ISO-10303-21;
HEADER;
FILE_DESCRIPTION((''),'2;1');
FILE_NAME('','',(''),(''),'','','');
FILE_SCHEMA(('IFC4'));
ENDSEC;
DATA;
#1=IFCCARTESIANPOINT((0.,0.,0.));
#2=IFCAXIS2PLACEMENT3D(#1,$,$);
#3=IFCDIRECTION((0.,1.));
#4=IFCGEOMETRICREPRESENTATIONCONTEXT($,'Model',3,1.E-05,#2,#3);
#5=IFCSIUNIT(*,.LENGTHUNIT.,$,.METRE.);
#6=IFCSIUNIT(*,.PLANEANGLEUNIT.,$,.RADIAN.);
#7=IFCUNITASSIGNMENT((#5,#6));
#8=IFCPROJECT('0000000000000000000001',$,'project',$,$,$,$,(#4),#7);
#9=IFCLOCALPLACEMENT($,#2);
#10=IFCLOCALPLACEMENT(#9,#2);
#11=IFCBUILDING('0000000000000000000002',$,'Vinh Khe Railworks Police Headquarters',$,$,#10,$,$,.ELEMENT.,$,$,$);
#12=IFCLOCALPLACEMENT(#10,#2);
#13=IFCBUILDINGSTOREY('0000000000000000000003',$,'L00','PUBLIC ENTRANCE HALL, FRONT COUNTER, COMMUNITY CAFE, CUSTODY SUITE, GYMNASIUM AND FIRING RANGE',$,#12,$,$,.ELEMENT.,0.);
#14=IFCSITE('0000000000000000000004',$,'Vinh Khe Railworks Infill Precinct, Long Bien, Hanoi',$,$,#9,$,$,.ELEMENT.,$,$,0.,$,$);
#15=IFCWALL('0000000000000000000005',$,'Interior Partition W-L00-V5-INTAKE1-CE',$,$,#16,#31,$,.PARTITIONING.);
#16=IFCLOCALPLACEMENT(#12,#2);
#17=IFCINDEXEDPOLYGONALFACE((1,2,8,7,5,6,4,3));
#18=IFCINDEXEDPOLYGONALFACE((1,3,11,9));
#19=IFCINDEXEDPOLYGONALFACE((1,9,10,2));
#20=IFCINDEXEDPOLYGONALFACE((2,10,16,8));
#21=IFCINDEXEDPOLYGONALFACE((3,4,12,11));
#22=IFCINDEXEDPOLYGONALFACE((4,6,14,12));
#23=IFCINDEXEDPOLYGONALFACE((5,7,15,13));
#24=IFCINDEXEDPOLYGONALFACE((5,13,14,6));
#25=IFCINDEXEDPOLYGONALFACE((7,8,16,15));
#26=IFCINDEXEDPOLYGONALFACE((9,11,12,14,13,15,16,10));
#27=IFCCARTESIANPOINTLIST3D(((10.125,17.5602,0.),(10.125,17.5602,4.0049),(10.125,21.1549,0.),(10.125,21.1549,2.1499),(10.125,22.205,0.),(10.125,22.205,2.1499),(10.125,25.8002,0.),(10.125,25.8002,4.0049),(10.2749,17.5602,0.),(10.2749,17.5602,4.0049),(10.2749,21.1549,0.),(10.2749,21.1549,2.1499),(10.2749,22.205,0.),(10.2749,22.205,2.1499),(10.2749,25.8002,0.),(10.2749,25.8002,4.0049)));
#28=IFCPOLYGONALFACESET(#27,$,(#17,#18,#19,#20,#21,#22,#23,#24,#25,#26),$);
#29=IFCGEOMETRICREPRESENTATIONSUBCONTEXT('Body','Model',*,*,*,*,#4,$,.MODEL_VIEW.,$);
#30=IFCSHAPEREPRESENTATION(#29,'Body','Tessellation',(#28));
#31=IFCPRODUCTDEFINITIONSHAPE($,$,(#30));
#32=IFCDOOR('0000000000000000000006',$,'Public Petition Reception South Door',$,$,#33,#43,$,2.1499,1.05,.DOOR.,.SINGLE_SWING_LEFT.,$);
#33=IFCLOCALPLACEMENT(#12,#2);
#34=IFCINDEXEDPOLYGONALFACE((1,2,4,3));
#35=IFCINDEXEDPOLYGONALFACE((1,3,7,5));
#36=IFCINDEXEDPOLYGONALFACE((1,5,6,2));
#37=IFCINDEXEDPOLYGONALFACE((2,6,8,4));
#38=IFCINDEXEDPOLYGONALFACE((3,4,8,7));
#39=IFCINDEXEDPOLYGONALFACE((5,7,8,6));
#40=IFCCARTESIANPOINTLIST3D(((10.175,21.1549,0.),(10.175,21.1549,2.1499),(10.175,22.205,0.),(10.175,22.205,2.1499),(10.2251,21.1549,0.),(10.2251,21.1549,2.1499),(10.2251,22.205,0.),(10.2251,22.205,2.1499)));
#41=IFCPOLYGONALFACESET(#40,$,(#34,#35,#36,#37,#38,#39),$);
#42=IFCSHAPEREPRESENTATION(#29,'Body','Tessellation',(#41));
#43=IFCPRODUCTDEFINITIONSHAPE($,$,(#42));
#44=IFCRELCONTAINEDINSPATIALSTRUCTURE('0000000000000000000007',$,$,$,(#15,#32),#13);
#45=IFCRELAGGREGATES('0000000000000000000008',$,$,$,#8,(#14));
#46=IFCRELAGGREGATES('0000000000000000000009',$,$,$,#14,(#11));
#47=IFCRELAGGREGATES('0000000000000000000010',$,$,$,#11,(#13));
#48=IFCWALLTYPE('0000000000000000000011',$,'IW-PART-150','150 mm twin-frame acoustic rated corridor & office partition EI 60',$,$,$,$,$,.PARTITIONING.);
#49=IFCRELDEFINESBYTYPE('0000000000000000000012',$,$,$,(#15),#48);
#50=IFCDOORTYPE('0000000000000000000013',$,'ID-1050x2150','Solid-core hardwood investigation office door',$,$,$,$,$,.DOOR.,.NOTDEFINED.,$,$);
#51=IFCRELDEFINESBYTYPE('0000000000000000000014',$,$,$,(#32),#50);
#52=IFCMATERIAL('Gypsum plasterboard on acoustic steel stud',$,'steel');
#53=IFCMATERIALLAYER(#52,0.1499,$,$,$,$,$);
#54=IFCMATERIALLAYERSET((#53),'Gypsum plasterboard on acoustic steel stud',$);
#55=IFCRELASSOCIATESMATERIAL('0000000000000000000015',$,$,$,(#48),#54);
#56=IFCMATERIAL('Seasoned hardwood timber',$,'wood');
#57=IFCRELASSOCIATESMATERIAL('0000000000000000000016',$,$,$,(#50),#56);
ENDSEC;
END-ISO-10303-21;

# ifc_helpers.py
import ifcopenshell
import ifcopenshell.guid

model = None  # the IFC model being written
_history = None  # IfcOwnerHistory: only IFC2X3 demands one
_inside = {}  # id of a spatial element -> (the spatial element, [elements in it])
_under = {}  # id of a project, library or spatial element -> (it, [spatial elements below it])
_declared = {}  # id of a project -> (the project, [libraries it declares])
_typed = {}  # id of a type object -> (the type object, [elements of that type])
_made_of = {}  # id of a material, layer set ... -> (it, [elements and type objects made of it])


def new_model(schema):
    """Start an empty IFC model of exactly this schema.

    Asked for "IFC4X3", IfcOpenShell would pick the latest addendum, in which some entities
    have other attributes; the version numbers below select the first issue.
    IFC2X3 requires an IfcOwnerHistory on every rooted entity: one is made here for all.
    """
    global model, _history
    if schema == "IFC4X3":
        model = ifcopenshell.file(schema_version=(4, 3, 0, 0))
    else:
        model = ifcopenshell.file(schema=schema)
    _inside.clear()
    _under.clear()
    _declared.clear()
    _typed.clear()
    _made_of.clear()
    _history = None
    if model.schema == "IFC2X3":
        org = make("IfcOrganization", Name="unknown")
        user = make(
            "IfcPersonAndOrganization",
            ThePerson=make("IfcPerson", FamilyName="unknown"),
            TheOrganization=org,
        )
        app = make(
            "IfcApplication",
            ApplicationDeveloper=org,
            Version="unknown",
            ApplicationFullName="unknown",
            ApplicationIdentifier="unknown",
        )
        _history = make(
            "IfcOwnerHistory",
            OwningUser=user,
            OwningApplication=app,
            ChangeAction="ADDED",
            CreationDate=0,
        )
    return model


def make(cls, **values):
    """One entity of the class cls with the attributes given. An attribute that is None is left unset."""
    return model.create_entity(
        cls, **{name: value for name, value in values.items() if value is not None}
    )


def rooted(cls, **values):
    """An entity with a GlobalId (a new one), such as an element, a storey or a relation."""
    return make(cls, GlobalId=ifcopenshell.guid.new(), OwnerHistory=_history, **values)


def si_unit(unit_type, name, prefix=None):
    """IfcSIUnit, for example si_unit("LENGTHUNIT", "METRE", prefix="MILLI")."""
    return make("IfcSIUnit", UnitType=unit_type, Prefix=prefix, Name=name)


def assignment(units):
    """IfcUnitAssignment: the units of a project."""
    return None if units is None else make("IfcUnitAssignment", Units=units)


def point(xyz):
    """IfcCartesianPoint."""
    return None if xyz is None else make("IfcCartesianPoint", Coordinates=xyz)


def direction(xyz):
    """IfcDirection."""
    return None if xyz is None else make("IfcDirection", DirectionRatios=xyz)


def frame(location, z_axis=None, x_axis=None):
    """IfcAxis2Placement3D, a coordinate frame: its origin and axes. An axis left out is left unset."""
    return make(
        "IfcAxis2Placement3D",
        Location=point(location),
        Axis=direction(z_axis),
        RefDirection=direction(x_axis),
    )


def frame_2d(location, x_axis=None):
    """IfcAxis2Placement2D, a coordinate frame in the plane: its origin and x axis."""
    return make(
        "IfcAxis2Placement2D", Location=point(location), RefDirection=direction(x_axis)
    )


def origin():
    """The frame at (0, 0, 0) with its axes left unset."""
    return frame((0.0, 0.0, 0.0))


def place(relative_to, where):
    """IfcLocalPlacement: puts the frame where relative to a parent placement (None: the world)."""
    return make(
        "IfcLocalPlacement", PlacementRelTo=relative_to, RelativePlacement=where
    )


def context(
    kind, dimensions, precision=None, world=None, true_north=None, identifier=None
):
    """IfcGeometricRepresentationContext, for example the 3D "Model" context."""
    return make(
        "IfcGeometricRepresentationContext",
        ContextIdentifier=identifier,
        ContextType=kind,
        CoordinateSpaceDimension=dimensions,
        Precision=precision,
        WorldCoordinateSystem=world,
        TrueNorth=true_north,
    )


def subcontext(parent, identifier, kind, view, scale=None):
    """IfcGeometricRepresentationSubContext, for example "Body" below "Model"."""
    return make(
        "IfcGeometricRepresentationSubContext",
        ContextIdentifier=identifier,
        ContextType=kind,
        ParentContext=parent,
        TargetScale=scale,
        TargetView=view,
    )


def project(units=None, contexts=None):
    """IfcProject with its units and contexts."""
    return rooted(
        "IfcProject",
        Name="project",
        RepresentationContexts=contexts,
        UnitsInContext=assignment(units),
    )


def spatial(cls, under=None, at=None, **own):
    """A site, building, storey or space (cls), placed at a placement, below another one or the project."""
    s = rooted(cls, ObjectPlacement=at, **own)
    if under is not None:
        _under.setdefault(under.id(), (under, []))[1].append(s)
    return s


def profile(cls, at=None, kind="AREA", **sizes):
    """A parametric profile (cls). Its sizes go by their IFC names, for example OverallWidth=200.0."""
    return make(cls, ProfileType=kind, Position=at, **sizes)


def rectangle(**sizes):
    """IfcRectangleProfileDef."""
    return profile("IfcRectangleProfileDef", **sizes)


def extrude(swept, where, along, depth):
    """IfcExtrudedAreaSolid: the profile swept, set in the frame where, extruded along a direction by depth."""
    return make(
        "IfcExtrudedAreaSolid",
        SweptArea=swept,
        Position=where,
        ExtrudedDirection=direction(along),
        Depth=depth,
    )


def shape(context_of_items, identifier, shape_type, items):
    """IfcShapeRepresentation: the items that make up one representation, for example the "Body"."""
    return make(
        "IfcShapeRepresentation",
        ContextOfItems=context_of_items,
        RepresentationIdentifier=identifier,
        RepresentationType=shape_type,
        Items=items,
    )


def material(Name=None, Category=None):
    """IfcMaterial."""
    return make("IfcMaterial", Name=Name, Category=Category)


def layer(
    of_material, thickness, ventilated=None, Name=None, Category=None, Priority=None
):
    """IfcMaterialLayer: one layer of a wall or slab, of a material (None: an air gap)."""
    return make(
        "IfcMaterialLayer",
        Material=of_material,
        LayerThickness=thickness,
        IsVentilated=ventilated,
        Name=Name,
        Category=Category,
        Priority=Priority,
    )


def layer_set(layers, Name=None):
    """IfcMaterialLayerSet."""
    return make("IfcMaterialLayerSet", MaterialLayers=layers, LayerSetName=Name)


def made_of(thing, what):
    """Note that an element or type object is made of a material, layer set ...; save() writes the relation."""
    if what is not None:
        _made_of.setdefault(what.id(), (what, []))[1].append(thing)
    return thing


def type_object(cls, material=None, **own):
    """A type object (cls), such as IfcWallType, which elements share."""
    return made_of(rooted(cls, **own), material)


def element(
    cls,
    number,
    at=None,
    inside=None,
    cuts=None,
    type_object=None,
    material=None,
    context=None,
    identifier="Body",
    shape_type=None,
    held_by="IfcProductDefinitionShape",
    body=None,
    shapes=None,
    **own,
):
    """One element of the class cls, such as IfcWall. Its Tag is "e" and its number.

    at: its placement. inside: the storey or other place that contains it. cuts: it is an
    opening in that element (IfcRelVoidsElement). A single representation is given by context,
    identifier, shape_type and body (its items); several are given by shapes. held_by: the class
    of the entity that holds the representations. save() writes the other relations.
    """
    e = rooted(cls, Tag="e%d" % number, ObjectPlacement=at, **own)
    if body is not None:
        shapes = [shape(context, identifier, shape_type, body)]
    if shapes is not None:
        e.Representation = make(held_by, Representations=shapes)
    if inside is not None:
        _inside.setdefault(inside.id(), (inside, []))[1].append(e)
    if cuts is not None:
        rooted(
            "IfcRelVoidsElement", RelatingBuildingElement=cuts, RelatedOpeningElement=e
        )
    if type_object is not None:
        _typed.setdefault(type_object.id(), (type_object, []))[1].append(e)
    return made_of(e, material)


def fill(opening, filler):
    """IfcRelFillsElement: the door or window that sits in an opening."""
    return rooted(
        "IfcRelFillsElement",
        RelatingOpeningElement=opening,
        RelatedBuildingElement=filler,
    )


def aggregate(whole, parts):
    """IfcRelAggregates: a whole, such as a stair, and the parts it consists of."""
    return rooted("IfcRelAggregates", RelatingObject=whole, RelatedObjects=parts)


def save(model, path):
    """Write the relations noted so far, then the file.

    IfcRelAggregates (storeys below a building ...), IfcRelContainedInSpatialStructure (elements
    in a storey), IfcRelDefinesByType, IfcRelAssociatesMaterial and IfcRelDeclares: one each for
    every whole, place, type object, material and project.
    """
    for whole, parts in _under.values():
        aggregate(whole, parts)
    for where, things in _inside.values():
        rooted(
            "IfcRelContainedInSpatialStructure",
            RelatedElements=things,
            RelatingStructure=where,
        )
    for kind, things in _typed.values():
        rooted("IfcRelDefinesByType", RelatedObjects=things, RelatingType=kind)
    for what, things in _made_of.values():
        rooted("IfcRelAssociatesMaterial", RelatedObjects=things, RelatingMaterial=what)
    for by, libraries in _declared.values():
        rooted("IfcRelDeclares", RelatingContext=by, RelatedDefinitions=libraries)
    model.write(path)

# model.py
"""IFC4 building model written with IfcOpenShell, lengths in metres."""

from ifc_helpers import new_model, si_unit, direction, frame, frame_2d, origin, place, context, subcontext, project, spatial, rectangle, extrude, material, layer, layer_set, type_object, element, fill, save


model = new_model("IFC4")

# Units and contexts
model_context = context("Model", 3, precision=1e-05, world=origin(), true_north=direction((0.0, 1.0)))
body_context = subcontext(model_context, "Body", "Model", "MODEL_VIEW")
ifc_project = project(units=[si_unit("LENGTHUNIT", "METRE"), si_unit("PLANEANGLEUNIT", "RADIAN")], contexts=[model_context])

# Site, building, storey
site_placement = place(None, origin())
site = spatial("IfcSite", under=ifc_project, at=site_placement, Name="Vinh Khe Railworks Infill Precinct, Long Bien, Hanoi", CompositionType="ELEMENT", RefElevation=0.0)
building_placement = place(site_placement, origin())
building = spatial("IfcBuilding", under=site, at=building_placement, Name="Vinh Khe Railworks Police Headquarters", CompositionType="ELEMENT")
storey_placement = place(building_placement, origin())
storey = spatial("IfcBuildingStorey", under=building, at=storey_placement, Name="L00", Description="PUBLIC ENTRANCE HALL, FRONT COUNTER, COMMUNITY CAFE, CUSTODY SUITE, GYMNASIUM AND FIRING RANGE", CompositionType="ELEMENT", Elevation=0.0)

# Shared definitions
ifc_material_1 = material(Name="Gypsum plasterboard on acoustic steel stud", Category="steel")
ifc_layer_1 = layer(ifc_material_1, 0.1499)
ifc_layer_set_1 = layer_set([ifc_layer_1], Name="Gypsum plasterboard on acoustic steel stud")
wall_type_1 = type_object("IfcWallType", Name="IW-PART-150", Description="150 mm twin-frame acoustic rated corridor & office partition EI 60", PredefinedType="PARTITIONING", material=ifc_layer_set_1)

# Wall, opening, door
ifc_material_2 = material(Name="Seasoned hardwood timber", Category="wood")
door_type_1 = type_object("IfcDoorType", Name="ID-1050x2150", Description="Solid-core hardwood investigation office door", OperationType="NOTDEFINED", PredefinedType="DOOR", material=ifc_material_2)
wall_1_placement = place(storey_placement, frame((10.2, 17.5601, 0.0), z_axis=(0.0, 0.0, 1.0), x_axis=(0.0, 1.0, 0.0)))
wall_1 = element("IfcWall", 1, at=wall_1_placement, inside=storey, type_object=wall_type_1, Name="Interior Partition W-L00-V5-INTAKE1-CE", PredefinedType="PARTITIONING", context=body_context, shape_type="SweptSolid", body=[
    extrude(rectangle(XDim=8.24, YDim=0.1499, at=frame_2d((4.1201, 0.0))), origin(), (0.0, 0.0, 1.0), 4.0049),
])
opening_1_placement = place(wall_1_placement, frame((3.595, 0.0, 0.0)))
opening_1 = element("IfcOpeningElement", 2, at=opening_1_placement, cuts=wall_1, PredefinedType="OPENING", context=body_context, shape_type="SweptSolid", body=[
    extrude(rectangle(XDim=1.05, YDim=2.1499, at=frame_2d((0.5249, 1.075))), frame((0.0, 0.0898, 0.0), z_axis=(0.0, -1.0, 0.0), x_axis=(1.0, 0.0, 0.0)), (0.0, 0.0, 1.0), 0.1797),
])
door_1_placement = place(opening_1_placement, origin())
door_1 = element("IfcDoor", 3, at=door_1_placement, inside=storey, type_object=door_type_1, Name="Public Petition Reception South Door", OperationType="SINGLE_SWING_LEFT", OverallHeight=2.1499, OverallWidth=1.05, PredefinedType="DOOR", context=body_context, shape_type="SweptSolid", body=[
    extrude(rectangle(XDim=1.05, YDim=2.1499, at=frame_2d((0.5249, 1.075))), frame((0.0, 0.0249, 0.0), z_axis=(0.0, -1.0, 0.0), x_axis=(1.0, 0.0, 0.0)), (0.0, 0.0, 1.0), 0.05),
])
fill(opening_1, door_1)

save(model, "model.ifc")
